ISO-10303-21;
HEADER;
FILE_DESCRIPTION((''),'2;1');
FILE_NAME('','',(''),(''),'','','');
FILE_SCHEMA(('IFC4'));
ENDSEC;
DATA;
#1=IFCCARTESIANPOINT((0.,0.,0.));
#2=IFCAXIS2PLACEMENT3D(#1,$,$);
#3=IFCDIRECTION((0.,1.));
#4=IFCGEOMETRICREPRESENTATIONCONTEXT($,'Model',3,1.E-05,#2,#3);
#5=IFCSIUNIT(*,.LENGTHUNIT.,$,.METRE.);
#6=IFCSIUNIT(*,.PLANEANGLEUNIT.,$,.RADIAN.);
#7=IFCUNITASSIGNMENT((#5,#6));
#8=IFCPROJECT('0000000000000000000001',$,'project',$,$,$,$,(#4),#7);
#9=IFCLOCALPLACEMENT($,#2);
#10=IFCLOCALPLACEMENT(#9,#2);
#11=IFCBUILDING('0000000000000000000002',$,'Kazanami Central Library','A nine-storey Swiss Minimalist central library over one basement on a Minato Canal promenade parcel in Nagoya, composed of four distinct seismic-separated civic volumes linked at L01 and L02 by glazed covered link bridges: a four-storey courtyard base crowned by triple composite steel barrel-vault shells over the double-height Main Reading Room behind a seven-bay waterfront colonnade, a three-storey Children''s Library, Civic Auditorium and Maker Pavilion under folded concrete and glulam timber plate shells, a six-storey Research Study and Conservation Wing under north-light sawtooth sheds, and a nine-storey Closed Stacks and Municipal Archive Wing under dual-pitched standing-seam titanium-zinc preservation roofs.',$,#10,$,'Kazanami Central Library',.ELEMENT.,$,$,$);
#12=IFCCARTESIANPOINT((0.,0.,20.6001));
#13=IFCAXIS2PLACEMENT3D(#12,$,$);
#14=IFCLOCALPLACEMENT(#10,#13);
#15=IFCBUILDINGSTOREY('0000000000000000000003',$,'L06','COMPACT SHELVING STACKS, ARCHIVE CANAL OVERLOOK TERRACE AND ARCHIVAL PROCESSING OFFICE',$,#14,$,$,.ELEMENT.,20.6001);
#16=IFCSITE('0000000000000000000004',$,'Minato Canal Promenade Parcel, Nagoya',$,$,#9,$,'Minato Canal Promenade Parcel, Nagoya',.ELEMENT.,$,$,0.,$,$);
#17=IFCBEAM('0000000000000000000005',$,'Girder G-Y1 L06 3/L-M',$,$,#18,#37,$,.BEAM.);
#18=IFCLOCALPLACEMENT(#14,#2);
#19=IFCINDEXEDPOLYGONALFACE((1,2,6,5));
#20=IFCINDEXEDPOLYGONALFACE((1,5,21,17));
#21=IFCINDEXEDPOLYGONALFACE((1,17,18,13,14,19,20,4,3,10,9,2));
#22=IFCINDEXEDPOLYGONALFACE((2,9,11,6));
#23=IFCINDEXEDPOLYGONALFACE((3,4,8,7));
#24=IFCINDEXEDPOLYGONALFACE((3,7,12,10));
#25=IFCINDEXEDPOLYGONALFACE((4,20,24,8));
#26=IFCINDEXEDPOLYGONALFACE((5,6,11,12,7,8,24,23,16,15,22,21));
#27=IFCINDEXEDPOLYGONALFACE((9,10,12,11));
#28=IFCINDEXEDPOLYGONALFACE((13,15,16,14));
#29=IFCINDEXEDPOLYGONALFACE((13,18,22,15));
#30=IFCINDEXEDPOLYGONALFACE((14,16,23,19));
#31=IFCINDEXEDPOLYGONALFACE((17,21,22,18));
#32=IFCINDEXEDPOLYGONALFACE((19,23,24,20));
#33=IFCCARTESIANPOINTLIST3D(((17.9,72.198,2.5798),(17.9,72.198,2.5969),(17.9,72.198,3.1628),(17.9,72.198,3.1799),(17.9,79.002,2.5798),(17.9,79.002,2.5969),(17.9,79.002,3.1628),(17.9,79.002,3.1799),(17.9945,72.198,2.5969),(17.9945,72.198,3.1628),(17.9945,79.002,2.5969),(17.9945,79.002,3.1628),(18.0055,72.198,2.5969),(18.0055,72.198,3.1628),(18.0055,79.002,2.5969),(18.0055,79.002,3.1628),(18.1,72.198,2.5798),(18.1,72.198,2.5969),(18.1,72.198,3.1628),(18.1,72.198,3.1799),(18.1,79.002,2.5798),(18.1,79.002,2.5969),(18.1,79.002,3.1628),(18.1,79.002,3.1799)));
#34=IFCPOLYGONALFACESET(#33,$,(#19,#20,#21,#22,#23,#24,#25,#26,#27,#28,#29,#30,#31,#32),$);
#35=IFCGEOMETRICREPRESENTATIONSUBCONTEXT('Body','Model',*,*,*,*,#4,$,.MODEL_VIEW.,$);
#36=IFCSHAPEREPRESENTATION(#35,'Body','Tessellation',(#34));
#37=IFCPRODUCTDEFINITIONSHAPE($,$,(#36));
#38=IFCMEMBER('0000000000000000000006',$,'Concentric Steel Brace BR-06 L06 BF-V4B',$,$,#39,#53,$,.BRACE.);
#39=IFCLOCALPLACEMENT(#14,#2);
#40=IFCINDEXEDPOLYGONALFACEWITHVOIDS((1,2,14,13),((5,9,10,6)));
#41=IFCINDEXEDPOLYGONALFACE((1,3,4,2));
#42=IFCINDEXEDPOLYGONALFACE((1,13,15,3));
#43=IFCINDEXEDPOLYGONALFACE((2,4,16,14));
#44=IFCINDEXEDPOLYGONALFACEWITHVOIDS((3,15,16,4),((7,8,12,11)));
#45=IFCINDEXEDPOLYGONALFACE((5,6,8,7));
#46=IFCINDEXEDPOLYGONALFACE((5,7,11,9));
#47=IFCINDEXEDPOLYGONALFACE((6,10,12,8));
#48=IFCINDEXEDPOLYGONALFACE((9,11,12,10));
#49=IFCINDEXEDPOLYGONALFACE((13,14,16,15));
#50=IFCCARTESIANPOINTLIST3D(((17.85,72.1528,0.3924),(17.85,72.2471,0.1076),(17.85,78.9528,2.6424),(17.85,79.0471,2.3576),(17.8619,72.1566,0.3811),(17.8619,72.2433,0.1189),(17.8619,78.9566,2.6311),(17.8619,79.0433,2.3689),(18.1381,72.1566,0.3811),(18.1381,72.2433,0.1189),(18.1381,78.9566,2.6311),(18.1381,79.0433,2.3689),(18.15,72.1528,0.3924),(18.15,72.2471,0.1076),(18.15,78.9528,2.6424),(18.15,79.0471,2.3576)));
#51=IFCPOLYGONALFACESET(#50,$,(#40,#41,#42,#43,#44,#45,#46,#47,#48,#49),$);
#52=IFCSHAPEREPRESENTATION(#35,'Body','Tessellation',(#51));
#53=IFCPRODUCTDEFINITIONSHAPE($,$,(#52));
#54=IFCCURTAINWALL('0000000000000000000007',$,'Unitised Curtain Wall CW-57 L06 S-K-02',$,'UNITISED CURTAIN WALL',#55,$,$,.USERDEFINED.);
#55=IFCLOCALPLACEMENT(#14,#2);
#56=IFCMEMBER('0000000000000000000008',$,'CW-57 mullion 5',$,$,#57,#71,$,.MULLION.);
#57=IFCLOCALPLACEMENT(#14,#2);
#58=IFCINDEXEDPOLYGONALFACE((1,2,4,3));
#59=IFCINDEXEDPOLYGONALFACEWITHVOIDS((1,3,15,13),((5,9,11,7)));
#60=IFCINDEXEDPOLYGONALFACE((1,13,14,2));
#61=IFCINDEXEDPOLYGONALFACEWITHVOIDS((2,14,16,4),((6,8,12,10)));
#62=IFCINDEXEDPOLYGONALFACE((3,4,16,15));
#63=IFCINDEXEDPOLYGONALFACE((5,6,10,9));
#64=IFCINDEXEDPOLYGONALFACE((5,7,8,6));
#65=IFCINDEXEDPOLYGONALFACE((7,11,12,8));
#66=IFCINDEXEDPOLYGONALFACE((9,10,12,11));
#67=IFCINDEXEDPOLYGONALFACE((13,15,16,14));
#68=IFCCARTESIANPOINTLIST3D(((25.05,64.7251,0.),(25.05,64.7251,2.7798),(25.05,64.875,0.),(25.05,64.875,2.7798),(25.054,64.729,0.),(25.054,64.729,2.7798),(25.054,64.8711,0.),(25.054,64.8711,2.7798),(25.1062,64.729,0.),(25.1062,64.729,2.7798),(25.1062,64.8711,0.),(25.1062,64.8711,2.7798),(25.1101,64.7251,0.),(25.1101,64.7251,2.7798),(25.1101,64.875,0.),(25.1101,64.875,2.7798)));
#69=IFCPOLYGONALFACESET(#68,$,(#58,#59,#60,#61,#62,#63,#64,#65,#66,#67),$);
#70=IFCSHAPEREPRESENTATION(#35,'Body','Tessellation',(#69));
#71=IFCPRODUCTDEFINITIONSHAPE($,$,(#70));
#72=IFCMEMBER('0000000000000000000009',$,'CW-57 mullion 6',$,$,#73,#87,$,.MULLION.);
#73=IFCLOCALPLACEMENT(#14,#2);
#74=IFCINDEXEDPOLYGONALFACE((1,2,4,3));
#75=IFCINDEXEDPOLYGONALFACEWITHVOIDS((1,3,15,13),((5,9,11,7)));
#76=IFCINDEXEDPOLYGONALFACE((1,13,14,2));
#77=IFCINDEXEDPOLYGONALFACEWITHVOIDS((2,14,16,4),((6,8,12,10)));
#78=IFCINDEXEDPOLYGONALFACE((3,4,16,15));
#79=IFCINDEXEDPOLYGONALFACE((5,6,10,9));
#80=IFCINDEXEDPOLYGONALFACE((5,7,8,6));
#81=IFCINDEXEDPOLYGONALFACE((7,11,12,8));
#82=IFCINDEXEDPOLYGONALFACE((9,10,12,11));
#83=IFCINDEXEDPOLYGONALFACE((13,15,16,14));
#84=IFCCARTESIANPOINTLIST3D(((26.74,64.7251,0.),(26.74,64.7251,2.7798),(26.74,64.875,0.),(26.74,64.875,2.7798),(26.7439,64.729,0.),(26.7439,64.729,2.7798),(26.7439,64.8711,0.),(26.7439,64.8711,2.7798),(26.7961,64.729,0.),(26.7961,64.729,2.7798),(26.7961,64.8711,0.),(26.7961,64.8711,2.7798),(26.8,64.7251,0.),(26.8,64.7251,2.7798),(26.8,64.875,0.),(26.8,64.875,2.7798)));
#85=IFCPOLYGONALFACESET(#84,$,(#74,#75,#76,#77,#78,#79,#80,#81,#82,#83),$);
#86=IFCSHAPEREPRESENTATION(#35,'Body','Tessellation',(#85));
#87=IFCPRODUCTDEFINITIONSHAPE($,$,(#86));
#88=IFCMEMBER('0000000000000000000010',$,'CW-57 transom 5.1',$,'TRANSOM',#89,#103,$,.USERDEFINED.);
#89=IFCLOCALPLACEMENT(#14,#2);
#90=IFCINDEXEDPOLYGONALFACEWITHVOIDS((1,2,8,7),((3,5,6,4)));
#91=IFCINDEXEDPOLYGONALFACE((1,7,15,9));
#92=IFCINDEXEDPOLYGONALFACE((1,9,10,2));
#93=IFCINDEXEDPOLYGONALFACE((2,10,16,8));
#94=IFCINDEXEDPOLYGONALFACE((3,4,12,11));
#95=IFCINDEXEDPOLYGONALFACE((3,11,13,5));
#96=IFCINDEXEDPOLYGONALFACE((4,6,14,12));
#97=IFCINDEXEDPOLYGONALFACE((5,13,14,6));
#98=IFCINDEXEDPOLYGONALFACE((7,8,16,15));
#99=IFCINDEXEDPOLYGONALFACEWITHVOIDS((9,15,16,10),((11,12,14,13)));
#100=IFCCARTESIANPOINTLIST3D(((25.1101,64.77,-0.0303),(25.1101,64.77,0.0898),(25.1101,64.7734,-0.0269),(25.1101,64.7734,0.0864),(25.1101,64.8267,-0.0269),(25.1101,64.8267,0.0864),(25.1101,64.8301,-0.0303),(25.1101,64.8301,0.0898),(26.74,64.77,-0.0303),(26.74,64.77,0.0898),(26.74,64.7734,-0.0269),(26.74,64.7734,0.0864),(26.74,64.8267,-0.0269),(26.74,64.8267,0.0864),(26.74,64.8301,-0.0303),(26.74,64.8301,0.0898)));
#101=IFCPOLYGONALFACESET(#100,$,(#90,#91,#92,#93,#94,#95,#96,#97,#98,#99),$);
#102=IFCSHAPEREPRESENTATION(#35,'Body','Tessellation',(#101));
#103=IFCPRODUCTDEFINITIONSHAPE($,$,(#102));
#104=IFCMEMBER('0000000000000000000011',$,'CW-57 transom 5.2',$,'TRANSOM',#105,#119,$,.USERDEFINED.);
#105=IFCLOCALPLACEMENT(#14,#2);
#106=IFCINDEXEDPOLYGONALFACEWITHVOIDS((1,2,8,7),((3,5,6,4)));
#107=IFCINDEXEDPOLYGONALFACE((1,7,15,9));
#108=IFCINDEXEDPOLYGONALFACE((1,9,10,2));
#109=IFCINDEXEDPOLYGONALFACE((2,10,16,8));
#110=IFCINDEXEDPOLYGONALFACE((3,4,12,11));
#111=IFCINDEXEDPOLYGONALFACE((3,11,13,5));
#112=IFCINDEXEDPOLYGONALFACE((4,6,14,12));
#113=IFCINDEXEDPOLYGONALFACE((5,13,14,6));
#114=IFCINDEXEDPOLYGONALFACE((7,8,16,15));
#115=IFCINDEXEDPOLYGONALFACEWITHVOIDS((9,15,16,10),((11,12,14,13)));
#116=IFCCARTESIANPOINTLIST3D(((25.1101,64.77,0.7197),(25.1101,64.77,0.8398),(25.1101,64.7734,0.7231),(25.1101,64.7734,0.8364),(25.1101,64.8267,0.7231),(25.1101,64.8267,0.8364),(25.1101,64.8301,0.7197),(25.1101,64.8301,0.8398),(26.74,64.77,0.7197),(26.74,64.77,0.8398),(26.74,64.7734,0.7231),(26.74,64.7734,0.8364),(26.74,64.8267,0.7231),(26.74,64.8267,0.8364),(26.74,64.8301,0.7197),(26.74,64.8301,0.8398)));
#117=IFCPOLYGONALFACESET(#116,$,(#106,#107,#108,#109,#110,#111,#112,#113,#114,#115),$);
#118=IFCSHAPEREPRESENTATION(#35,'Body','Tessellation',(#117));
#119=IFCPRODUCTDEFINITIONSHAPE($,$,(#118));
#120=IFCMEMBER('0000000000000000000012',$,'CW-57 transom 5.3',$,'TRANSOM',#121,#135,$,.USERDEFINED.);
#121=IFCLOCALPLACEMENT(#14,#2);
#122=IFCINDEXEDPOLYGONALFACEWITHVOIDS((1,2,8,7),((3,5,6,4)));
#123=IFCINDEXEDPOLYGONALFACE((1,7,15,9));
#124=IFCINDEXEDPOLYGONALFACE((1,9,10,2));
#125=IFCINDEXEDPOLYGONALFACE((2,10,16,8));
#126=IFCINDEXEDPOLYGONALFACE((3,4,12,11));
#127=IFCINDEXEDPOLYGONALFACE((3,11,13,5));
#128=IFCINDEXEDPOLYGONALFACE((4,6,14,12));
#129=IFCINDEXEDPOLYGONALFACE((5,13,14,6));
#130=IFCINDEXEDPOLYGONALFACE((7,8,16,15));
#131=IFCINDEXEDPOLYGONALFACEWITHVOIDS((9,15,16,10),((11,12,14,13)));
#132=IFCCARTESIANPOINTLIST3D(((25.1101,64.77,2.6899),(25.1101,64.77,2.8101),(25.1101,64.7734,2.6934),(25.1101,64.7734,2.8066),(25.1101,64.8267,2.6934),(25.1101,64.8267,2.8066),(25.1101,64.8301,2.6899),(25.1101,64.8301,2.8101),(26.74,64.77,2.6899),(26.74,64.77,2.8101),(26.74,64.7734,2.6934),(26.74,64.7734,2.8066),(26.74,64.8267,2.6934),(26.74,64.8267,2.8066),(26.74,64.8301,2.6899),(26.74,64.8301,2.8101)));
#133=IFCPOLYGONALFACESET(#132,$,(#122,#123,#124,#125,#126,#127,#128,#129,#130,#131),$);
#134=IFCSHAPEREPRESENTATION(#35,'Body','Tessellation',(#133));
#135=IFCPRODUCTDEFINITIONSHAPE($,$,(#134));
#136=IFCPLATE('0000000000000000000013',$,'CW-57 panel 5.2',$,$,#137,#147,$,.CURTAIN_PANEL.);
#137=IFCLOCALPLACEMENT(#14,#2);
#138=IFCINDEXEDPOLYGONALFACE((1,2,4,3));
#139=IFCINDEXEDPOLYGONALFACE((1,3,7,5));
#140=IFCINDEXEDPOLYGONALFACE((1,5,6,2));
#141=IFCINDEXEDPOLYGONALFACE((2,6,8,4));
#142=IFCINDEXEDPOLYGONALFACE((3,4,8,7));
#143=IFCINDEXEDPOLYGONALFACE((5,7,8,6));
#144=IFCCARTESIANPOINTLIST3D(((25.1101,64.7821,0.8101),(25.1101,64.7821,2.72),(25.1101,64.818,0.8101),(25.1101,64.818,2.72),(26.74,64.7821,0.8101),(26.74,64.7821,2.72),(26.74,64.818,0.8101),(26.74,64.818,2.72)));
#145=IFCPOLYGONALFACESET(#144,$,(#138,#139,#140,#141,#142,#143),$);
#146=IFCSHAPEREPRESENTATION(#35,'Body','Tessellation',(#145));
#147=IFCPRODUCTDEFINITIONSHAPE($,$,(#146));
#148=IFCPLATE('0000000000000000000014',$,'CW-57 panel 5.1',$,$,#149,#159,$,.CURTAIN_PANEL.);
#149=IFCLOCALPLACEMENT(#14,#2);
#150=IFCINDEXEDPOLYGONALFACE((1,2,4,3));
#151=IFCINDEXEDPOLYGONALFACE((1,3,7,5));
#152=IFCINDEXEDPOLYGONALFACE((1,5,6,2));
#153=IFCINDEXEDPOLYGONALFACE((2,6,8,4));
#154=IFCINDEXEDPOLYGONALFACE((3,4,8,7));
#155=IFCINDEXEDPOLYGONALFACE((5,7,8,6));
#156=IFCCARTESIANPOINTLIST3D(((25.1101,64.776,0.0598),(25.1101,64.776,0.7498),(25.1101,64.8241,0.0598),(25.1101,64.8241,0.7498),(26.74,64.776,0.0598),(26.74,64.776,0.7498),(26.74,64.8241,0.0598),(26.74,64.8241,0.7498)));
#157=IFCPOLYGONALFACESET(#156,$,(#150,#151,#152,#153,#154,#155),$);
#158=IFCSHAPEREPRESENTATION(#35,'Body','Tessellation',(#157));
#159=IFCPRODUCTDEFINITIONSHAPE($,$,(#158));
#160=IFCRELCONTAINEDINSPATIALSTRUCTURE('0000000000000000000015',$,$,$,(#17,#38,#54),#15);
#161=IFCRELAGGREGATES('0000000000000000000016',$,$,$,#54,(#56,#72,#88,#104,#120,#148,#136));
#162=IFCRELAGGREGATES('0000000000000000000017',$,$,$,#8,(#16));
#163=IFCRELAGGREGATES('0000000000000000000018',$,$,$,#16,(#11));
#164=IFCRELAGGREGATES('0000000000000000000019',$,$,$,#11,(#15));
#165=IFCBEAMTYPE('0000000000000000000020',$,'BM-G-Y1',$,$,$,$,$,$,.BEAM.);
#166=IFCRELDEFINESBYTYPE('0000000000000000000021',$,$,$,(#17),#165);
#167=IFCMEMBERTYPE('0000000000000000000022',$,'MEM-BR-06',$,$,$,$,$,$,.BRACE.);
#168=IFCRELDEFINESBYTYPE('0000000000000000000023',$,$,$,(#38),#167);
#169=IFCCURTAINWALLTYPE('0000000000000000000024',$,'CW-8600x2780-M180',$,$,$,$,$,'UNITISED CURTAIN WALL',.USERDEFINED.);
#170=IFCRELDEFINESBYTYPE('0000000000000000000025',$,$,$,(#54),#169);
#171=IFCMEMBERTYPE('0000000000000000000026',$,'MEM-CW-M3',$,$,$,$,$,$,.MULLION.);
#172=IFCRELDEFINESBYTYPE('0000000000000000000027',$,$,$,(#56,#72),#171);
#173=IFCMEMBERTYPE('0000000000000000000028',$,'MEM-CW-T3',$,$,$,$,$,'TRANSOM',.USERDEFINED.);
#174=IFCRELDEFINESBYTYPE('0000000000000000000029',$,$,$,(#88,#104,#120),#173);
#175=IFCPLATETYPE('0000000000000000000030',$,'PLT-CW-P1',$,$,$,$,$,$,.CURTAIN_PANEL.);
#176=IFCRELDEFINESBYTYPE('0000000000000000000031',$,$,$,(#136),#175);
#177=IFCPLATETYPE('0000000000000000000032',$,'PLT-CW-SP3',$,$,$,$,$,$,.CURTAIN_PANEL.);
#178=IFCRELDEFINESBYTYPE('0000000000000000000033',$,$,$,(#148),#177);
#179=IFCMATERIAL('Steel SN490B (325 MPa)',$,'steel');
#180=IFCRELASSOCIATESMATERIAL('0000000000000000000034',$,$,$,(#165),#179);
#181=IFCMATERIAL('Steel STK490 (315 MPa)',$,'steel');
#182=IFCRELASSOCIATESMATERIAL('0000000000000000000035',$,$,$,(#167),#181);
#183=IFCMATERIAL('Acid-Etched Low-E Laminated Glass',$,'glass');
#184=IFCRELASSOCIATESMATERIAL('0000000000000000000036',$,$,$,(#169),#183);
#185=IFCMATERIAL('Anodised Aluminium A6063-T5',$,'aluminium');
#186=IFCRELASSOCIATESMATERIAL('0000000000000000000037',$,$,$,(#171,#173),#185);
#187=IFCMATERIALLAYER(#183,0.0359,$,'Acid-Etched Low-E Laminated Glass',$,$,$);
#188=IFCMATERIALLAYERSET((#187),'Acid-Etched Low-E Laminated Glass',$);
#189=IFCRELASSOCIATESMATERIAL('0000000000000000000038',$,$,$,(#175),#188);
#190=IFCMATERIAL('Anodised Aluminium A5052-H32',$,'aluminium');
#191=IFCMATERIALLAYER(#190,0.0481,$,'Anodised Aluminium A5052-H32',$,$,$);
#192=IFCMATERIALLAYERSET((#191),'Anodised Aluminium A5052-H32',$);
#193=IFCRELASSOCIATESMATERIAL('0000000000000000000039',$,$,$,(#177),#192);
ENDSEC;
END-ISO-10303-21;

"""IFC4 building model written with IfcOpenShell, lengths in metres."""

from ifc_helpers import new_model, si_unit, direction, frame, origin, origin_2d, place, context, subcontext, project, spatial, rectangle, hollow_rectangle, i_section, extrude, material, layer, layer_set, material_profile, profile_set, type_object, element, aggregate, save


model = new_model("IFC4")

# Units and contexts
model_context = context("Model", 3, precision=1e-05, world=origin(), true_north=direction((0.0, 1.0)))
body_context = subcontext(model_context, "Body", "Model", "MODEL_VIEW")
ifc_project = project(units=[si_unit("LENGTHUNIT", "METRE"), si_unit("PLANEANGLEUNIT", "RADIAN")], contexts=[model_context])

# Site, building, storey
site_placement = place(None, origin())
site = spatial("IfcSite", under=ifc_project, at=site_placement, Name="Minato Canal Promenade Parcel, Nagoya", LongName="Minato Canal Promenade Parcel, Nagoya", CompositionType="ELEMENT", RefElevation=0.0)
building_placement = place(site_placement, origin())
building = spatial("IfcBuilding", under=site, at=building_placement, Name="Kazanami Central Library", Description="A nine-storey Swiss Minimalist central library over one basement on a Minato Canal promenade parcel in Nagoya, composed of four distinct seismic-separated civic volumes linked at L01 and L02 by glazed covered link bridges: a four-storey courtyard base crowned by triple composite steel barrel-vault shells over the double-height Main Reading Room behind a seven-bay waterfront colonnade, a three-storey Children's Library, Civic Auditorium and Maker Pavilion under folded concrete and glulam timber plate shells, a six-storey Research Study and Conservation Wing under north-light sawtooth sheds, and a nine-storey Closed Stacks and Municipal Archive Wing under dual-pitched standing-seam titanium-zinc preservation roofs.", LongName="Kazanami Central Library", CompositionType="ELEMENT")
storey_placement = place(building_placement, frame((0.0, 0.0, 20.6001)))
storey = spatial("IfcBuildingStorey", under=building, at=storey_placement, Name="L06", Description="COMPACT SHELVING STACKS, ARCHIVE CANAL OVERLOOK TERRACE AND ARCHIVAL PROCESSING OFFICE", CompositionType="ELEMENT", Elevation=20.6001)

# Beam
ifc_material_1 = material(Name="Steel SN490B (325 MPa)", Category="steel")
ifc_material_profile_1 = material_profile(ifc_material_1, i_section(OverallWidth=0.2, OverallDepth=0.6001, WebThickness=0.011, FlangeThickness=0.0171, at=origin_2d()), Name="H-600x200x11x17")
ifc_profile_set_1 = profile_set([ifc_material_profile_1], Name="Steel SN490B (325 MPa)")
beam_type_1 = type_object("IfcBeamType", Name="BM-G-Y1", PredefinedType="BEAM", material=ifc_profile_set_1)
for number, where, z_axis, x_axis, name in (
    (1, (18.0, 72.198, 2.8799), (0.0, 1.0, 0.0), (-1.0, 0.0, 0.0), "Girder G-Y1 L06 3/L-M"),
):
    element("IfcBeam", number, at=place(storey_placement, frame(where, z_axis=z_axis, x_axis=x_axis)), inside=storey, type_object=beam_type_1, Name=name, PredefinedType="BEAM", context=body_context, shape_type="SweptSolid", body=[
        extrude(i_section(OverallWidth=0.2, OverallDepth=0.6001, WebThickness=0.011, FlangeThickness=0.0171, at=origin_2d()), origin(), (0.0, 0.0, 1.0), 6.804),
    ])

# Member
ifc_material_2 = material(Name="Steel STK490 (315 MPa)", Category="steel")
ifc_material_profile_2 = material_profile(ifc_material_2, hollow_rectangle(XDim=0.3, YDim=0.3, WallThickness=0.012, at=origin_2d()), Name="STKR-300x300x12")
ifc_profile_set_2 = profile_set([ifc_material_profile_2], Name="Steel STK490 (315 MPa)")
member_type_1 = type_object("IfcMemberType", Name="MEM-BR-06", PredefinedType="BRACE", material=ifc_profile_set_2)
member_1_placement = place(storey_placement, frame((18.0, 72.2, 0.25), z_axis=(0.0, 0.94938, 0.314131), x_axis=(-1.0, 0.0, 0.0)))
element("IfcMember", 2, at=member_1_placement, inside=storey, type_object=member_type_1, Name="Concentric Steel Brace BR-06 L06 BF-V4B", PredefinedType="BRACE", context=body_context, shape_type="SweptSolid", body=[
    extrude(hollow_rectangle(XDim=0.3, YDim=0.3, WallThickness=0.012, at=origin_2d()), origin(), (0.0, 0.0, 1.0), 7.1626),
])

# Curtain wall, members, plates
ifc_material_3 = material(Name="Acid-Etched Low-E Laminated Glass", Category="glass")
curtain_wall_type = type_object("IfcCurtainWallType", Name="CW-8600x2780-M180", ElementType="UNITISED CURTAIN WALL", PredefinedType="USERDEFINED", material=ifc_material_3)
curtain_wall_placement = place(storey_placement, origin())
curtain_wall = element("IfcCurtainWall", 3, at=curtain_wall_placement, inside=storey, type_object=curtain_wall_type, Name="Unitised Curtain Wall CW-57 L06 S-K-02", ObjectType="UNITISED CURTAIN WALL", PredefinedType="USERDEFINED")
ifc_material_4 = material(Name="Anodised Aluminium A6063-T5", Category="aluminium")
ifc_material_profile_3 = material_profile(ifc_material_4, hollow_rectangle(XDim=0.0601, YDim=0.1499, WallThickness=0.0039, at=origin_2d()), Name="ALU-MULL-60x150x4")
ifc_profile_set_3 = profile_set([ifc_material_profile_3], Name="Anodised Aluminium A6063-T5")
member_type_2 = type_object("IfcMemberType", Name="MEM-CW-M3", PredefinedType="MULLION", material=ifc_profile_set_3)
member_2_placement = place(storey_placement, frame((25.0801, 64.8, 0.0), z_axis=(0.0, 0.0, 1.0), x_axis=(1.0, 0.0, 0.0)))
member_2 = element("IfcMember", 4, at=member_2_placement, type_object=member_type_2, Name="CW-57 mullion 5", PredefinedType="MULLION", context=body_context, shape_type="SweptSolid", body=[
    extrude(hollow_rectangle(XDim=0.0601, YDim=0.1499, WallThickness=0.0039, at=origin_2d()), origin(), (0.0, 0.0, 1.0), 2.7798),
])
member_3_placement = place(storey_placement, frame((26.77, 64.8, 0.0), z_axis=(0.0, 0.0, 1.0), x_axis=(1.0, 0.0, 0.0)))
member_3 = element("IfcMember", 5, at=member_3_placement, type_object=member_type_2, Name="CW-57 mullion 6", PredefinedType="MULLION", context=body_context, shape_type="SweptSolid", body=[
    extrude(hollow_rectangle(XDim=0.0601, YDim=0.1499, WallThickness=0.0039, at=origin_2d()), origin(), (0.0, 0.0, 1.0), 2.7798),
])
ifc_material_profile_4 = material_profile(ifc_material_4, hollow_rectangle(XDim=0.0601, YDim=0.1201, WallThickness=0.0034, at=origin_2d()), Name="ALU-TRAN-60x120x3.5")
ifc_profile_set_4 = profile_set([ifc_material_profile_4], Name="Anodised Aluminium A6063-T5")
member_type_3 = type_object("IfcMemberType", Name="MEM-CW-T3", ElementType="TRANSOM", PredefinedType="USERDEFINED", material=ifc_profile_set_4)
member_4_placement = place(storey_placement, frame((25.1101, 64.8, 0.0298), z_axis=(1.0, 0.0, 0.0), x_axis=(0.0, 1.0, 0.0)))
member_4 = element("IfcMember", 6, at=member_4_placement, type_object=member_type_3, Name="CW-57 transom 5.1", ObjectType="TRANSOM", PredefinedType="USERDEFINED", context=body_context, shape_type="SweptSolid", body=[
    extrude(hollow_rectangle(XDim=0.0601, YDim=0.1201, WallThickness=0.0034, at=origin_2d()), origin(), (0.0, 0.0, 1.0), 1.6299),
])
member_5_placement = place(storey_placement, frame((25.1101, 64.8, 0.7798), z_axis=(1.0, 0.0, 0.0), x_axis=(0.0, 1.0, 0.0)))
member_5 = element("IfcMember", 7, at=member_5_placement, type_object=member_type_3, Name="CW-57 transom 5.2", ObjectType="TRANSOM", PredefinedType="USERDEFINED", context=body_context, shape_type="SweptSolid", body=[
    extrude(hollow_rectangle(XDim=0.0601, YDim=0.1201, WallThickness=0.0034, at=origin_2d()), origin(), (0.0, 0.0, 1.0), 1.6299),
])
member_6_placement = place(storey_placement, frame((25.1101, 64.8, 2.75), z_axis=(1.0, 0.0, 0.0), x_axis=(0.0, 1.0, 0.0)))
member_6 = element("IfcMember", 8, at=member_6_placement, type_object=member_type_3, Name="CW-57 transom 5.3", ObjectType="TRANSOM", PredefinedType="USERDEFINED", context=body_context, shape_type="SweptSolid", body=[
    extrude(hollow_rectangle(XDim=0.0601, YDim=0.1201, WallThickness=0.0034, at=origin_2d()), origin(), (0.0, 0.0, 1.0), 1.6299),
])
ifc_layer_1 = layer(ifc_material_3, 0.0359, Name="Acid-Etched Low-E Laminated Glass")
ifc_layer_set_1 = layer_set([ifc_layer_1], Name="Acid-Etched Low-E Laminated Glass")
plate_type_1 = type_object("IfcPlateType", Name="PLT-CW-P1", PredefinedType="CURTAIN_PANEL", material=ifc_layer_set_1)
plate_1_placement = place(storey_placement, frame((25.925, 64.8, 0.8101), z_axis=(0.0, 0.0, 1.0), x_axis=(1.0, 0.0, 0.0)))
plate_1 = element("IfcPlate", 9, at=plate_1_placement, type_object=plate_type_1, Name="CW-57 panel 5.2", PredefinedType="CURTAIN_PANEL", context=body_context, shape_type="SweptSolid", body=[
    extrude(rectangle(XDim=1.6299, YDim=0.0359, at=origin_2d()), origin(), (0.0, 0.0, 1.0), 1.9099),
])
ifc_material_5 = material(Name="Anodised Aluminium A5052-H32", Category="aluminium")
ifc_layer_2 = layer(ifc_material_5, 0.0481, Name="Anodised Aluminium A5052-H32")
ifc_layer_set_2 = layer_set([ifc_layer_2], Name="Anodised Aluminium A5052-H32")
plate_type_2 = type_object("IfcPlateType", Name="PLT-CW-SP3", PredefinedType="CURTAIN_PANEL", material=ifc_layer_set_2)
plate_2_placement = place(storey_placement, frame((25.925, 64.8, 0.0598), z_axis=(0.0, 0.0, 1.0), x_axis=(1.0, 0.0, 0.0)))
plate_2 = element("IfcPlate", 10, at=plate_2_placement, type_object=plate_type_2, Name="CW-57 panel 5.1", PredefinedType="CURTAIN_PANEL", context=body_context, shape_type="SweptSolid", body=[
    extrude(rectangle(XDim=1.6299, YDim=0.0481, at=origin_2d()), origin(), (0.0, 0.0, 1.0), 0.6899),
])
aggregate(curtain_wall, [member_2, member_3, member_4, member_5, member_6, plate_2, plate_1])

save(model, "model.ifc")
